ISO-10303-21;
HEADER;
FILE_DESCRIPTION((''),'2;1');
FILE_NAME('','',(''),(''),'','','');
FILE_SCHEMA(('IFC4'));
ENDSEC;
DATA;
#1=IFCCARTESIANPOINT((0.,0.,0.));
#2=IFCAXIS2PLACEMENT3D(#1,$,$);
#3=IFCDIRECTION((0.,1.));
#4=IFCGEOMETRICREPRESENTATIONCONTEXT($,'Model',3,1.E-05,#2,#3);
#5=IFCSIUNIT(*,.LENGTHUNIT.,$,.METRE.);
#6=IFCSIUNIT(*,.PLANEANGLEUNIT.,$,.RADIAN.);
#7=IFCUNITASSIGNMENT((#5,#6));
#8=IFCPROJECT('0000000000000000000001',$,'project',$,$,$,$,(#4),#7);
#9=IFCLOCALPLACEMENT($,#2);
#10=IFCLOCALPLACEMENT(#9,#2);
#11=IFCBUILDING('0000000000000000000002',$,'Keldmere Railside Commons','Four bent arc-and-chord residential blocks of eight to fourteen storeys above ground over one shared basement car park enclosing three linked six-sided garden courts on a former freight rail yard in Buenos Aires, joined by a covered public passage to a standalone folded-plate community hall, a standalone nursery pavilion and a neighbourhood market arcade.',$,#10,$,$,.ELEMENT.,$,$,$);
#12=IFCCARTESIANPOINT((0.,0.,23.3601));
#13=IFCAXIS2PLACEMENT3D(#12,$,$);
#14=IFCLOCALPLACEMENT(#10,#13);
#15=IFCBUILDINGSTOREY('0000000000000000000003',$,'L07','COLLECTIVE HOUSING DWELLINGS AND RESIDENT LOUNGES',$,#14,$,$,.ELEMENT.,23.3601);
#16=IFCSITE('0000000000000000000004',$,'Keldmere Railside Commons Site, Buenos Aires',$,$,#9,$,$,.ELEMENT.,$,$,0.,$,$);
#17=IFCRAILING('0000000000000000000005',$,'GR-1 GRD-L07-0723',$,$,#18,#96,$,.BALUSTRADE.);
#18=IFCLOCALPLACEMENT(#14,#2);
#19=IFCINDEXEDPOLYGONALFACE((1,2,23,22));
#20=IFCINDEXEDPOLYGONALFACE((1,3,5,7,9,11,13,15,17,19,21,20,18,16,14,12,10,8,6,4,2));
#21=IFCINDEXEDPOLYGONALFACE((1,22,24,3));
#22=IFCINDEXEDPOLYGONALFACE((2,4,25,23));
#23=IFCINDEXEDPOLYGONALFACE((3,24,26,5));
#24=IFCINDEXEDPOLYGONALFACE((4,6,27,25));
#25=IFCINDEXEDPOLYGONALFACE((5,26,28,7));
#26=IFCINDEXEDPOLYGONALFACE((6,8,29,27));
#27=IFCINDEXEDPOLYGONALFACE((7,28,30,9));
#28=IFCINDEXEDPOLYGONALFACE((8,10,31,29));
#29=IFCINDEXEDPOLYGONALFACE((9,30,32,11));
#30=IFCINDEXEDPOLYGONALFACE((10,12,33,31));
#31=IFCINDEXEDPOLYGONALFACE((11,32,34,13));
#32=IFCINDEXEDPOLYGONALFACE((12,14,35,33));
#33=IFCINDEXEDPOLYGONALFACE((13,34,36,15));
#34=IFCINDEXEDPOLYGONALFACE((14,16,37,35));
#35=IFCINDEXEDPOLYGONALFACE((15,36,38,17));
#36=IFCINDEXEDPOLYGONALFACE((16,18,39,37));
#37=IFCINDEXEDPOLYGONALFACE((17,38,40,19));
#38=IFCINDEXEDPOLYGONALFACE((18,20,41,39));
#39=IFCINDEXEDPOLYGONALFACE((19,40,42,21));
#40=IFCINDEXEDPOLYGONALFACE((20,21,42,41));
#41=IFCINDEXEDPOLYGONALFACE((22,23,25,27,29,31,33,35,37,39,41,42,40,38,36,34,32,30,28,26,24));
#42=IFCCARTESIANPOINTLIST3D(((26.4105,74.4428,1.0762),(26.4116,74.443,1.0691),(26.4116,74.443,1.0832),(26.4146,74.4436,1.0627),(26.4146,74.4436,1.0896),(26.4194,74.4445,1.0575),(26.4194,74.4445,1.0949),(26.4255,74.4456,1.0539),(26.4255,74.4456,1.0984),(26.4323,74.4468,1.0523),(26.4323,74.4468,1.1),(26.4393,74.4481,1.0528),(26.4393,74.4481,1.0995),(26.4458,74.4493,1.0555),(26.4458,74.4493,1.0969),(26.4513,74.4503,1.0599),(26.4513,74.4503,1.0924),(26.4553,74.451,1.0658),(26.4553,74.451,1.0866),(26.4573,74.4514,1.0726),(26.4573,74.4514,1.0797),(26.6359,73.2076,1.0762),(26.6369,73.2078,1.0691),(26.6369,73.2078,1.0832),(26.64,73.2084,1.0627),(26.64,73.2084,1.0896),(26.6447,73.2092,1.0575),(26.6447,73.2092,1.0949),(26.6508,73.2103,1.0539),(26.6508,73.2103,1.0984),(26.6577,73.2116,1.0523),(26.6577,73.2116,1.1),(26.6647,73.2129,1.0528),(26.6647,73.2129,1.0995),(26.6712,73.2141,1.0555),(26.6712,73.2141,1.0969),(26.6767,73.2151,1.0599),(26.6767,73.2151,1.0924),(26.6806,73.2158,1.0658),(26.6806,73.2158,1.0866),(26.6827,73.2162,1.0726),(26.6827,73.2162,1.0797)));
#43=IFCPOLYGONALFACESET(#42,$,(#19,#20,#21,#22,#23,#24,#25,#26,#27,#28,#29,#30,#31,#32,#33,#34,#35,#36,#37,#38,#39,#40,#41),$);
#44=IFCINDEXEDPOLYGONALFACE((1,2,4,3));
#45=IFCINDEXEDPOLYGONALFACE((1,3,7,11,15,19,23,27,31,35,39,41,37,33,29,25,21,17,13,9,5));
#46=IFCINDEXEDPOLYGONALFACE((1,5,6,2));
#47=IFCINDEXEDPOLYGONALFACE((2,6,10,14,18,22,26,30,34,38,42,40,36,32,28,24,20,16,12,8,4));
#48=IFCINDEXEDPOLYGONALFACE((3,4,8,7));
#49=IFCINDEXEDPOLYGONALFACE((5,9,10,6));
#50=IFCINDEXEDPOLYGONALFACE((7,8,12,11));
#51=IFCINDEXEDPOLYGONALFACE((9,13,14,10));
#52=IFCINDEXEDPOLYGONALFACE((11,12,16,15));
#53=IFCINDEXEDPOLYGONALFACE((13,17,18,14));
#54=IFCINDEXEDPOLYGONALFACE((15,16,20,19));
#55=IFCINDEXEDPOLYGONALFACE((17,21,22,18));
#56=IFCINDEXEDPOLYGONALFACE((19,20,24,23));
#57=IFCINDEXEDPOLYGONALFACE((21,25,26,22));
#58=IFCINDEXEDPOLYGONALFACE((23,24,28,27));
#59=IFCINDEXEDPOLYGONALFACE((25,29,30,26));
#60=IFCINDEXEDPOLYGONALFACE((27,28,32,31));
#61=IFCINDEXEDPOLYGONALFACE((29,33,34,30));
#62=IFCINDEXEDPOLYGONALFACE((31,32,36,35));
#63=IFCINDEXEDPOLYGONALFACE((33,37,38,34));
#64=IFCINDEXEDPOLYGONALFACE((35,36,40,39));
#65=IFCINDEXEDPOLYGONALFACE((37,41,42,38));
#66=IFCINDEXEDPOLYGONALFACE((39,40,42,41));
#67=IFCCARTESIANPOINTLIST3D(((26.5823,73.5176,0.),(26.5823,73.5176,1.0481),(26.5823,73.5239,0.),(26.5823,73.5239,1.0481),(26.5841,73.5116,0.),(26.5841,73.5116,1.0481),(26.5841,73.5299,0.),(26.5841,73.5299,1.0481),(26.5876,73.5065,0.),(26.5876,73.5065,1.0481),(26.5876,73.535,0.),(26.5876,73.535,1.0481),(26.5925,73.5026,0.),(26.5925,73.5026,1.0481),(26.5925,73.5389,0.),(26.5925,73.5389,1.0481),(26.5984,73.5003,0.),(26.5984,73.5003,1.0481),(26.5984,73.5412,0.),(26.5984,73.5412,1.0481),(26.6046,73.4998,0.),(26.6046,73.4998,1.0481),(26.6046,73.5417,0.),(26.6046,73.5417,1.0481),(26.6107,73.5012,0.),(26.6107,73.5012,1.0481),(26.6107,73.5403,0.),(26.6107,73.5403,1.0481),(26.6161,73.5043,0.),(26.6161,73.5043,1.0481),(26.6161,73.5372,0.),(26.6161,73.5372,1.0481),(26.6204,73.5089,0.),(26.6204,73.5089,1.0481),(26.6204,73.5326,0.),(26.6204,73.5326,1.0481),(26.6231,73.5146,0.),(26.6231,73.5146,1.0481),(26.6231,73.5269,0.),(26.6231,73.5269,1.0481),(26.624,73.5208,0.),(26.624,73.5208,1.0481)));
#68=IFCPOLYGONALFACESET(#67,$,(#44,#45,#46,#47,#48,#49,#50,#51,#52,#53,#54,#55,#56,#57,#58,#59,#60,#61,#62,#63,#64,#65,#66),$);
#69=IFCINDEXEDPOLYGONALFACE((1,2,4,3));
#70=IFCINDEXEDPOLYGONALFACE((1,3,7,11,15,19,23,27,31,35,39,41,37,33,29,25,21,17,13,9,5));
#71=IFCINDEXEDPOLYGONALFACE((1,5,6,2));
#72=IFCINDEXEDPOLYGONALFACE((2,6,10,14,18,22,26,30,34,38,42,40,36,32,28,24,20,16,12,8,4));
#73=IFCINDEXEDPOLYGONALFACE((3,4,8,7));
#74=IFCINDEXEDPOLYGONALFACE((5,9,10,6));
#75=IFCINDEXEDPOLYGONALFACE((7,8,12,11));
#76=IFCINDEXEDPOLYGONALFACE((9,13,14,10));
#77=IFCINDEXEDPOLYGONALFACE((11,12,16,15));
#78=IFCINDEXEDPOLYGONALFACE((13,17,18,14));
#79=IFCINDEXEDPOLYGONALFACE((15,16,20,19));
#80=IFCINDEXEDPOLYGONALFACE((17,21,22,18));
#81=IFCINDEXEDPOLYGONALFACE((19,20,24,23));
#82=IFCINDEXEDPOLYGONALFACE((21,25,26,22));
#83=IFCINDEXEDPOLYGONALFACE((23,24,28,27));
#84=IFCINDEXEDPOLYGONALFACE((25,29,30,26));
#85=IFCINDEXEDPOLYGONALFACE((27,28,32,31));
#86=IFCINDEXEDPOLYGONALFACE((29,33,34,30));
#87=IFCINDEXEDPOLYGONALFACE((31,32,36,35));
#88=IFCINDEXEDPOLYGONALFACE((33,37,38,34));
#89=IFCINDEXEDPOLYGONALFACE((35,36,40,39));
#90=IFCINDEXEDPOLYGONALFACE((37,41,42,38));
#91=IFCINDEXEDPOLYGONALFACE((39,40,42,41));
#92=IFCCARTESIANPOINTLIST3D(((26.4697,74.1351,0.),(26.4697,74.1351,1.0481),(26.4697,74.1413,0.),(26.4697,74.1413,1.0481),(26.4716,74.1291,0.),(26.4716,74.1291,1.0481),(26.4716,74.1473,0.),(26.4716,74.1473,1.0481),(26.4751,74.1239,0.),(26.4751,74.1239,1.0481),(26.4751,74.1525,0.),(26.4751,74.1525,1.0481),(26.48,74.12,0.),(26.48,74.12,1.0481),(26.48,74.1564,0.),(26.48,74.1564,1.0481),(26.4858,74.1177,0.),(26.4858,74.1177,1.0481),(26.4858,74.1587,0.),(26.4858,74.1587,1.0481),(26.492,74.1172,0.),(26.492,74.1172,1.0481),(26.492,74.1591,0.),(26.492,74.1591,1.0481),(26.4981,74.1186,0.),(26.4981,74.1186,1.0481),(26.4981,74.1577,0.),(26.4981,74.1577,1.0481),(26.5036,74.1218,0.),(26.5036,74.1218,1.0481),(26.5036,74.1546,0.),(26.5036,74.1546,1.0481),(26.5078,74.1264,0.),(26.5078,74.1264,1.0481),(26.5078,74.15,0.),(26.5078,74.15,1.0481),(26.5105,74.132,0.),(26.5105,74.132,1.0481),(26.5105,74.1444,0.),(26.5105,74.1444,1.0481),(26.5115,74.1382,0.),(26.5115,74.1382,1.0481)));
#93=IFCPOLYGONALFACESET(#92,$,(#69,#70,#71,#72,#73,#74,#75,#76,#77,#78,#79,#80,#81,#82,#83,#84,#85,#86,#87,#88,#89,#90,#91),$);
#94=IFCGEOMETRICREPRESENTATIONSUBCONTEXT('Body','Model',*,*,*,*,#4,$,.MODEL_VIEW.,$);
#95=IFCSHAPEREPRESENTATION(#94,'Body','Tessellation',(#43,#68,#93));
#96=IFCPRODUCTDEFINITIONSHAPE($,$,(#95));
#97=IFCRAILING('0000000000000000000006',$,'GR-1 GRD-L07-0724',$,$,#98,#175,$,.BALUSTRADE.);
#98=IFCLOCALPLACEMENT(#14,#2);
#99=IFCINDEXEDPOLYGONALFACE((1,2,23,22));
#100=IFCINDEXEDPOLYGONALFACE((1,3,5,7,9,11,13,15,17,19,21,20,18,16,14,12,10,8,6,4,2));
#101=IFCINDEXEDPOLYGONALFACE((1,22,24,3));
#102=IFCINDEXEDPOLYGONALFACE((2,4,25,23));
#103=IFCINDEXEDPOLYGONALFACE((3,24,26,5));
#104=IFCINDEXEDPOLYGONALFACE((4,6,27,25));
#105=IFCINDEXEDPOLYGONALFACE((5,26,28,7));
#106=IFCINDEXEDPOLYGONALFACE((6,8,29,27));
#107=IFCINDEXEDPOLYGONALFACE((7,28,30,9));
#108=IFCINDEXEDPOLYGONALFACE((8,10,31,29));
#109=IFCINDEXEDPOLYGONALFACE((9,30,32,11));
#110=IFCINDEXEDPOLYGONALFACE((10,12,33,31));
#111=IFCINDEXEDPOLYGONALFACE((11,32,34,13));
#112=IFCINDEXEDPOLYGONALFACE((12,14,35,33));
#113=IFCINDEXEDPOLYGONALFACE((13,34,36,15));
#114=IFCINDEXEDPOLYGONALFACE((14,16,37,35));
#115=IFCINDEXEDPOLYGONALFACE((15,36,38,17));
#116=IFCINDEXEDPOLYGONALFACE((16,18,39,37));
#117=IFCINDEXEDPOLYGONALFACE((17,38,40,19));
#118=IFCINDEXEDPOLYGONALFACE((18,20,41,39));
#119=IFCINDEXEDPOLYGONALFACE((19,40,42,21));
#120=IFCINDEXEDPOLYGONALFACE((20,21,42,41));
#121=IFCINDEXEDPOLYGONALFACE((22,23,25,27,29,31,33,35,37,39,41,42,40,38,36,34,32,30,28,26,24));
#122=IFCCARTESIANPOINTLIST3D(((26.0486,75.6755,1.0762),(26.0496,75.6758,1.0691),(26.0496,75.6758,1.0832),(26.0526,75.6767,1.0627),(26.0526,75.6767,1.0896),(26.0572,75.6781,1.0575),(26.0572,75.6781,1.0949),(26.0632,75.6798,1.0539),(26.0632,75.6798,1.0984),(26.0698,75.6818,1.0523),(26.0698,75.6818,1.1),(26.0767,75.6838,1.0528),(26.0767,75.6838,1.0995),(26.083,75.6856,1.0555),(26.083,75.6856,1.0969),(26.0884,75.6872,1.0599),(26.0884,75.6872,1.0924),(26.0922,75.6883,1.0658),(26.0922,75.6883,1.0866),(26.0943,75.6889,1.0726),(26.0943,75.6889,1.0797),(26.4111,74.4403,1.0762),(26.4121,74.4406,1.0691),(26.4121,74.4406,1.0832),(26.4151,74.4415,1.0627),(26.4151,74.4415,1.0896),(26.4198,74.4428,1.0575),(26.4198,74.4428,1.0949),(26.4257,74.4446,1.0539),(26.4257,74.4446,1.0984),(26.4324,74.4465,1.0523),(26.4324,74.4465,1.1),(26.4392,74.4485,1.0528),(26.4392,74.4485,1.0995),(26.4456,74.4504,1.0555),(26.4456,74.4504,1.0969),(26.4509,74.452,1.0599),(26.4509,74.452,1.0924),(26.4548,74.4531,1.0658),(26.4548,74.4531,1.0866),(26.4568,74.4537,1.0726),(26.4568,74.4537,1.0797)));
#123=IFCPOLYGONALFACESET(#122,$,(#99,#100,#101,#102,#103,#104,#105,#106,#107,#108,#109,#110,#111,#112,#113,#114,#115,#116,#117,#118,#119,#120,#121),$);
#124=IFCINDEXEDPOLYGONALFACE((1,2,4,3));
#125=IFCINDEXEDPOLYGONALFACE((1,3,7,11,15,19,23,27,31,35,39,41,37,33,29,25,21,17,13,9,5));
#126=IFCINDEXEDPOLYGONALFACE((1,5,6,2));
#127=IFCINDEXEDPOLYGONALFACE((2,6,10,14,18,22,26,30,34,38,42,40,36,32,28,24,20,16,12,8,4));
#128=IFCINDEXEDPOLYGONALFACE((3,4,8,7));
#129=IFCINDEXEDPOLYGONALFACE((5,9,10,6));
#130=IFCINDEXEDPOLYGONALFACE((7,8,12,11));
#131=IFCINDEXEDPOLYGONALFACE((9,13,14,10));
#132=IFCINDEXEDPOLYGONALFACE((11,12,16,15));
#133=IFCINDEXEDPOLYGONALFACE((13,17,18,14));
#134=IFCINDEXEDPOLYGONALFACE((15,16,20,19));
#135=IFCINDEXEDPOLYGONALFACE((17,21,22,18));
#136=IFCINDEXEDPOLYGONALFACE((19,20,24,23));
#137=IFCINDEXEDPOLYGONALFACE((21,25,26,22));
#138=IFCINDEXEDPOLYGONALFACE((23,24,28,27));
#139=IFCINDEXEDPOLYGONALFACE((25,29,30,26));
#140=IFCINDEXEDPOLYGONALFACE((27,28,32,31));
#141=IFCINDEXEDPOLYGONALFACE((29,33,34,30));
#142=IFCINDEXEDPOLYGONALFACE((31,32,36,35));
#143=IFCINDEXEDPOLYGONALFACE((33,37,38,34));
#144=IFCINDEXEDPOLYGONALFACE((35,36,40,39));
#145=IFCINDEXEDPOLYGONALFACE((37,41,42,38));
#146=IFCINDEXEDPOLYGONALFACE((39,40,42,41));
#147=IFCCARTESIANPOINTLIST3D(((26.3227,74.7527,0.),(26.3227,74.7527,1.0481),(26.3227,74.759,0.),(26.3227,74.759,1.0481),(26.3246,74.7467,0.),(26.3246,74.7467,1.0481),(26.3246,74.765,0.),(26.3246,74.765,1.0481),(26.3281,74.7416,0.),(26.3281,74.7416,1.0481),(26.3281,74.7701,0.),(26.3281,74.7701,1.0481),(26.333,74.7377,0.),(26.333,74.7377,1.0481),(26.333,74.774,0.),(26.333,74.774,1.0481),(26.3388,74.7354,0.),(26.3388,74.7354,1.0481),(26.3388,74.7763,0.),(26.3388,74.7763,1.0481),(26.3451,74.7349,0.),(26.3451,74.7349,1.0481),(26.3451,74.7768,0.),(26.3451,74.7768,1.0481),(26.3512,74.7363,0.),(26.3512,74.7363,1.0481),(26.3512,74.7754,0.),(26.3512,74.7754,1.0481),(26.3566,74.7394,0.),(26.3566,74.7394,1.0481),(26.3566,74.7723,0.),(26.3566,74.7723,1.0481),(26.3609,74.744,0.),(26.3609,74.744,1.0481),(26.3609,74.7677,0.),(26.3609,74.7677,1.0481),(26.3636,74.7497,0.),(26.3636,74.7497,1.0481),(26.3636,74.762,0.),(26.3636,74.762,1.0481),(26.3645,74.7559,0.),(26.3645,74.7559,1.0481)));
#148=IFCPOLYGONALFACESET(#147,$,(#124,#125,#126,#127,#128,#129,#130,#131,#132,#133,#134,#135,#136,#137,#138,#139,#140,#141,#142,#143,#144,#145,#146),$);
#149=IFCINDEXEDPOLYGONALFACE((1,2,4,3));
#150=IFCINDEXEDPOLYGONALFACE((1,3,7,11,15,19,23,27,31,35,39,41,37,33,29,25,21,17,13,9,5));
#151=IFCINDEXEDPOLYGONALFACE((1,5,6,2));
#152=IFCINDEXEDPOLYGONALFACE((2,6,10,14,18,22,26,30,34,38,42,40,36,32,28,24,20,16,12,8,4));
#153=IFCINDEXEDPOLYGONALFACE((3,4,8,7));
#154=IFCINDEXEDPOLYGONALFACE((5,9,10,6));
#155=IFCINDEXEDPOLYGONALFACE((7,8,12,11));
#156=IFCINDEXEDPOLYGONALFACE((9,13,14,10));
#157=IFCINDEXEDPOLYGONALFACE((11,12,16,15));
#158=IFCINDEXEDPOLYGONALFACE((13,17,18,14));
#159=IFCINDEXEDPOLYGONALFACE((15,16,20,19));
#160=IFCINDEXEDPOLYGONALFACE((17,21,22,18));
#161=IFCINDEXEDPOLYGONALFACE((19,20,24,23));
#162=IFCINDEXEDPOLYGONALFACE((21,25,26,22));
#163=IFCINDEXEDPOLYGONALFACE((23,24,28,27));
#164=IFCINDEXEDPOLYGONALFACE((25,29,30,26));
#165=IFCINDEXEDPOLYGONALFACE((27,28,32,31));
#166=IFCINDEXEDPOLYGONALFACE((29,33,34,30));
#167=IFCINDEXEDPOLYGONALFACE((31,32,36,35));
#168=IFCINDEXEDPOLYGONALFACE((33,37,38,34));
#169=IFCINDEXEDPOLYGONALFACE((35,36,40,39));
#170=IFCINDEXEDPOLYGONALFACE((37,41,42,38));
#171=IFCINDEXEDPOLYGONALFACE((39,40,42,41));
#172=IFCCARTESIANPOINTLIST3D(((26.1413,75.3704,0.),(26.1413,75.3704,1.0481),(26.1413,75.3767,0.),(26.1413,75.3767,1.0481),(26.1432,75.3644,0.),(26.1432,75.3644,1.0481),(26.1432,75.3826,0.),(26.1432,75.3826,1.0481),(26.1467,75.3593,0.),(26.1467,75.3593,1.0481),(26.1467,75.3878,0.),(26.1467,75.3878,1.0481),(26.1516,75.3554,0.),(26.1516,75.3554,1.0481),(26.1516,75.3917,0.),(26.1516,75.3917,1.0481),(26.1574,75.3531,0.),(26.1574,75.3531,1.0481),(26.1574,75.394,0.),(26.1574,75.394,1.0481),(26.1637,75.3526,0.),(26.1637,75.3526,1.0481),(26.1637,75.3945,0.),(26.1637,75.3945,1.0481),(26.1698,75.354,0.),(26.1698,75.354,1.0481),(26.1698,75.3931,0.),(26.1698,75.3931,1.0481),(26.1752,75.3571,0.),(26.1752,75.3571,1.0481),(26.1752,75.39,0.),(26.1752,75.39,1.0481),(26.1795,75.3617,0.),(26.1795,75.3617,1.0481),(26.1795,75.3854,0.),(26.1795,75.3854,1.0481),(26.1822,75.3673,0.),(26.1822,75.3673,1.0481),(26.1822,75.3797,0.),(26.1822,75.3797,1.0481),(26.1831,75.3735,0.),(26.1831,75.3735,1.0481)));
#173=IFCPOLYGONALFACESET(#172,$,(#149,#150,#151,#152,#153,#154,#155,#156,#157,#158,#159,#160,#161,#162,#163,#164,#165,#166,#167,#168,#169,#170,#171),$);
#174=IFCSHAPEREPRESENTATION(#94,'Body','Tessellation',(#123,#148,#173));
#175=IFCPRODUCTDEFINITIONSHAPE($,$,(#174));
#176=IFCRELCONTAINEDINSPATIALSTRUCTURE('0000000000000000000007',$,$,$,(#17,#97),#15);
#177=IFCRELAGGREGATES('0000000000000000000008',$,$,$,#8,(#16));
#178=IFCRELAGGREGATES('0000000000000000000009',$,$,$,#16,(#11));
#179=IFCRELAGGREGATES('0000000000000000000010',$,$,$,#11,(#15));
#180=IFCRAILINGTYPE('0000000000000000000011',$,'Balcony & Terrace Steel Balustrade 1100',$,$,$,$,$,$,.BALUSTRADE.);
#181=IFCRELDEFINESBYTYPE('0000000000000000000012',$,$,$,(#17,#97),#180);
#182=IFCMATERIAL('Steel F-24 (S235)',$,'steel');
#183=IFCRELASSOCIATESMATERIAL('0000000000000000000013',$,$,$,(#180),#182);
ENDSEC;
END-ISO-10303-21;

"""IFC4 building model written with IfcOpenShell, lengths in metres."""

from ifc_helpers import new_model, si_unit, direction, frame, origin, origin_2d, place, context, subcontext, project, spatial, circle, extrude, material, type_object, element, save


model = new_model("IFC4")

# Units and contexts
model_context = context("Model", 3, precision=1e-05, world=origin(), true_north=direction((0.0, 1.0)))
body_context = subcontext(model_context, "Body", "Model", "MODEL_VIEW")
ifc_project = project(units=[si_unit("LENGTHUNIT", "METRE"), si_unit("PLANEANGLEUNIT", "RADIAN")], contexts=[model_context])

# Site, building, storey
site_placement = place(None, origin())
site = spatial("IfcSite", under=ifc_project, at=site_placement, Name="Keldmere Railside Commons Site, Buenos Aires", CompositionType="ELEMENT", RefElevation=0.0)
building_placement = place(site_placement, origin())
building = spatial("IfcBuilding", under=site, at=building_placement, Name="Keldmere Railside Commons", Description="Four bent arc-and-chord residential blocks of eight to fourteen storeys above ground over one shared basement car park enclosing three linked six-sided garden courts on a former freight rail yard in Buenos Aires, joined by a covered public passage to a standalone folded-plate community hall, a standalone nursery pavilion and a neighbourhood market arcade.", CompositionType="ELEMENT")
storey_placement = place(building_placement, frame((0.0, 0.0, 23.3601)))
storey = spatial("IfcBuildingStorey", under=building, at=storey_placement, Name="L07", Description="COLLECTIVE HOUSING DWELLINGS AND RESIDENT LOUNGES", CompositionType="ELEMENT", Elevation=23.3601)

# Railings
ifc_material = material(Name="Steel F-24 (S235)", Category="steel")
railing_type = type_object("IfcRailingType", Name="Balcony & Terrace Steel Balustrade 1100", PredefinedType="BALUSTRADE", material=ifc_material)
railing_1_placement = place(storey_placement, frame((26.6594, 73.2119, 0.0)))
element("IfcRailing", 1, at=railing_1_placement, inside=storey, type_object=railing_type, Name="GR-1 GRD-L07-0723", PredefinedType="BALUSTRADE", context=body_context, shape_type="SweptSolid", body=[
    extrude(circle(Radius=0.0239, at=origin_2d()), frame((0.0, 0.0, 1.0762), z_axis=(-0.179484, 0.983761, 0.0), x_axis=(-0.983761, -0.179484, 0.0)), (0.0, 0.0, 1.0), 1.2556),
    extrude(circle(Radius=0.021, at=origin_2d()), frame((-0.0564, 0.3088, 0.0)), (0.0, 0.0, 1.0), 1.0481),
    extrude(circle(Radius=0.021, at=origin_2d()), frame((-0.1689, 0.9263, 0.0)), (0.0, 0.0, 1.0), 1.0481),
])
railing_2_placement = place(storey_placement, frame((26.4341, 74.447, 0.0)))
element("IfcRailing", 2, at=railing_2_placement, inside=storey, type_object=railing_type, Name="GR-1 GRD-L07-0724", PredefinedType="BALUSTRADE", context=body_context, shape_type="SweptSolid", body=[
    extrude(circle(Radius=0.0239, at=origin_2d()), frame((0.0, 0.0, 1.0762), z_axis=(-0.281602, 0.959531, 0.0), x_axis=(-0.959531, -0.281602, 0.0)), (0.0, 0.0, 1.0), 1.2874),
    extrude(circle(Radius=0.021, at=origin_2d()), frame((-0.0906, 0.3088, 0.0)), (0.0, 0.0, 1.0), 1.0481),
    extrude(circle(Radius=0.021, at=origin_2d()), frame((-0.272, 0.9265, 0.0)), (0.0, 0.0, 1.0), 1.0481),
])

save(model, "model.ifc")
